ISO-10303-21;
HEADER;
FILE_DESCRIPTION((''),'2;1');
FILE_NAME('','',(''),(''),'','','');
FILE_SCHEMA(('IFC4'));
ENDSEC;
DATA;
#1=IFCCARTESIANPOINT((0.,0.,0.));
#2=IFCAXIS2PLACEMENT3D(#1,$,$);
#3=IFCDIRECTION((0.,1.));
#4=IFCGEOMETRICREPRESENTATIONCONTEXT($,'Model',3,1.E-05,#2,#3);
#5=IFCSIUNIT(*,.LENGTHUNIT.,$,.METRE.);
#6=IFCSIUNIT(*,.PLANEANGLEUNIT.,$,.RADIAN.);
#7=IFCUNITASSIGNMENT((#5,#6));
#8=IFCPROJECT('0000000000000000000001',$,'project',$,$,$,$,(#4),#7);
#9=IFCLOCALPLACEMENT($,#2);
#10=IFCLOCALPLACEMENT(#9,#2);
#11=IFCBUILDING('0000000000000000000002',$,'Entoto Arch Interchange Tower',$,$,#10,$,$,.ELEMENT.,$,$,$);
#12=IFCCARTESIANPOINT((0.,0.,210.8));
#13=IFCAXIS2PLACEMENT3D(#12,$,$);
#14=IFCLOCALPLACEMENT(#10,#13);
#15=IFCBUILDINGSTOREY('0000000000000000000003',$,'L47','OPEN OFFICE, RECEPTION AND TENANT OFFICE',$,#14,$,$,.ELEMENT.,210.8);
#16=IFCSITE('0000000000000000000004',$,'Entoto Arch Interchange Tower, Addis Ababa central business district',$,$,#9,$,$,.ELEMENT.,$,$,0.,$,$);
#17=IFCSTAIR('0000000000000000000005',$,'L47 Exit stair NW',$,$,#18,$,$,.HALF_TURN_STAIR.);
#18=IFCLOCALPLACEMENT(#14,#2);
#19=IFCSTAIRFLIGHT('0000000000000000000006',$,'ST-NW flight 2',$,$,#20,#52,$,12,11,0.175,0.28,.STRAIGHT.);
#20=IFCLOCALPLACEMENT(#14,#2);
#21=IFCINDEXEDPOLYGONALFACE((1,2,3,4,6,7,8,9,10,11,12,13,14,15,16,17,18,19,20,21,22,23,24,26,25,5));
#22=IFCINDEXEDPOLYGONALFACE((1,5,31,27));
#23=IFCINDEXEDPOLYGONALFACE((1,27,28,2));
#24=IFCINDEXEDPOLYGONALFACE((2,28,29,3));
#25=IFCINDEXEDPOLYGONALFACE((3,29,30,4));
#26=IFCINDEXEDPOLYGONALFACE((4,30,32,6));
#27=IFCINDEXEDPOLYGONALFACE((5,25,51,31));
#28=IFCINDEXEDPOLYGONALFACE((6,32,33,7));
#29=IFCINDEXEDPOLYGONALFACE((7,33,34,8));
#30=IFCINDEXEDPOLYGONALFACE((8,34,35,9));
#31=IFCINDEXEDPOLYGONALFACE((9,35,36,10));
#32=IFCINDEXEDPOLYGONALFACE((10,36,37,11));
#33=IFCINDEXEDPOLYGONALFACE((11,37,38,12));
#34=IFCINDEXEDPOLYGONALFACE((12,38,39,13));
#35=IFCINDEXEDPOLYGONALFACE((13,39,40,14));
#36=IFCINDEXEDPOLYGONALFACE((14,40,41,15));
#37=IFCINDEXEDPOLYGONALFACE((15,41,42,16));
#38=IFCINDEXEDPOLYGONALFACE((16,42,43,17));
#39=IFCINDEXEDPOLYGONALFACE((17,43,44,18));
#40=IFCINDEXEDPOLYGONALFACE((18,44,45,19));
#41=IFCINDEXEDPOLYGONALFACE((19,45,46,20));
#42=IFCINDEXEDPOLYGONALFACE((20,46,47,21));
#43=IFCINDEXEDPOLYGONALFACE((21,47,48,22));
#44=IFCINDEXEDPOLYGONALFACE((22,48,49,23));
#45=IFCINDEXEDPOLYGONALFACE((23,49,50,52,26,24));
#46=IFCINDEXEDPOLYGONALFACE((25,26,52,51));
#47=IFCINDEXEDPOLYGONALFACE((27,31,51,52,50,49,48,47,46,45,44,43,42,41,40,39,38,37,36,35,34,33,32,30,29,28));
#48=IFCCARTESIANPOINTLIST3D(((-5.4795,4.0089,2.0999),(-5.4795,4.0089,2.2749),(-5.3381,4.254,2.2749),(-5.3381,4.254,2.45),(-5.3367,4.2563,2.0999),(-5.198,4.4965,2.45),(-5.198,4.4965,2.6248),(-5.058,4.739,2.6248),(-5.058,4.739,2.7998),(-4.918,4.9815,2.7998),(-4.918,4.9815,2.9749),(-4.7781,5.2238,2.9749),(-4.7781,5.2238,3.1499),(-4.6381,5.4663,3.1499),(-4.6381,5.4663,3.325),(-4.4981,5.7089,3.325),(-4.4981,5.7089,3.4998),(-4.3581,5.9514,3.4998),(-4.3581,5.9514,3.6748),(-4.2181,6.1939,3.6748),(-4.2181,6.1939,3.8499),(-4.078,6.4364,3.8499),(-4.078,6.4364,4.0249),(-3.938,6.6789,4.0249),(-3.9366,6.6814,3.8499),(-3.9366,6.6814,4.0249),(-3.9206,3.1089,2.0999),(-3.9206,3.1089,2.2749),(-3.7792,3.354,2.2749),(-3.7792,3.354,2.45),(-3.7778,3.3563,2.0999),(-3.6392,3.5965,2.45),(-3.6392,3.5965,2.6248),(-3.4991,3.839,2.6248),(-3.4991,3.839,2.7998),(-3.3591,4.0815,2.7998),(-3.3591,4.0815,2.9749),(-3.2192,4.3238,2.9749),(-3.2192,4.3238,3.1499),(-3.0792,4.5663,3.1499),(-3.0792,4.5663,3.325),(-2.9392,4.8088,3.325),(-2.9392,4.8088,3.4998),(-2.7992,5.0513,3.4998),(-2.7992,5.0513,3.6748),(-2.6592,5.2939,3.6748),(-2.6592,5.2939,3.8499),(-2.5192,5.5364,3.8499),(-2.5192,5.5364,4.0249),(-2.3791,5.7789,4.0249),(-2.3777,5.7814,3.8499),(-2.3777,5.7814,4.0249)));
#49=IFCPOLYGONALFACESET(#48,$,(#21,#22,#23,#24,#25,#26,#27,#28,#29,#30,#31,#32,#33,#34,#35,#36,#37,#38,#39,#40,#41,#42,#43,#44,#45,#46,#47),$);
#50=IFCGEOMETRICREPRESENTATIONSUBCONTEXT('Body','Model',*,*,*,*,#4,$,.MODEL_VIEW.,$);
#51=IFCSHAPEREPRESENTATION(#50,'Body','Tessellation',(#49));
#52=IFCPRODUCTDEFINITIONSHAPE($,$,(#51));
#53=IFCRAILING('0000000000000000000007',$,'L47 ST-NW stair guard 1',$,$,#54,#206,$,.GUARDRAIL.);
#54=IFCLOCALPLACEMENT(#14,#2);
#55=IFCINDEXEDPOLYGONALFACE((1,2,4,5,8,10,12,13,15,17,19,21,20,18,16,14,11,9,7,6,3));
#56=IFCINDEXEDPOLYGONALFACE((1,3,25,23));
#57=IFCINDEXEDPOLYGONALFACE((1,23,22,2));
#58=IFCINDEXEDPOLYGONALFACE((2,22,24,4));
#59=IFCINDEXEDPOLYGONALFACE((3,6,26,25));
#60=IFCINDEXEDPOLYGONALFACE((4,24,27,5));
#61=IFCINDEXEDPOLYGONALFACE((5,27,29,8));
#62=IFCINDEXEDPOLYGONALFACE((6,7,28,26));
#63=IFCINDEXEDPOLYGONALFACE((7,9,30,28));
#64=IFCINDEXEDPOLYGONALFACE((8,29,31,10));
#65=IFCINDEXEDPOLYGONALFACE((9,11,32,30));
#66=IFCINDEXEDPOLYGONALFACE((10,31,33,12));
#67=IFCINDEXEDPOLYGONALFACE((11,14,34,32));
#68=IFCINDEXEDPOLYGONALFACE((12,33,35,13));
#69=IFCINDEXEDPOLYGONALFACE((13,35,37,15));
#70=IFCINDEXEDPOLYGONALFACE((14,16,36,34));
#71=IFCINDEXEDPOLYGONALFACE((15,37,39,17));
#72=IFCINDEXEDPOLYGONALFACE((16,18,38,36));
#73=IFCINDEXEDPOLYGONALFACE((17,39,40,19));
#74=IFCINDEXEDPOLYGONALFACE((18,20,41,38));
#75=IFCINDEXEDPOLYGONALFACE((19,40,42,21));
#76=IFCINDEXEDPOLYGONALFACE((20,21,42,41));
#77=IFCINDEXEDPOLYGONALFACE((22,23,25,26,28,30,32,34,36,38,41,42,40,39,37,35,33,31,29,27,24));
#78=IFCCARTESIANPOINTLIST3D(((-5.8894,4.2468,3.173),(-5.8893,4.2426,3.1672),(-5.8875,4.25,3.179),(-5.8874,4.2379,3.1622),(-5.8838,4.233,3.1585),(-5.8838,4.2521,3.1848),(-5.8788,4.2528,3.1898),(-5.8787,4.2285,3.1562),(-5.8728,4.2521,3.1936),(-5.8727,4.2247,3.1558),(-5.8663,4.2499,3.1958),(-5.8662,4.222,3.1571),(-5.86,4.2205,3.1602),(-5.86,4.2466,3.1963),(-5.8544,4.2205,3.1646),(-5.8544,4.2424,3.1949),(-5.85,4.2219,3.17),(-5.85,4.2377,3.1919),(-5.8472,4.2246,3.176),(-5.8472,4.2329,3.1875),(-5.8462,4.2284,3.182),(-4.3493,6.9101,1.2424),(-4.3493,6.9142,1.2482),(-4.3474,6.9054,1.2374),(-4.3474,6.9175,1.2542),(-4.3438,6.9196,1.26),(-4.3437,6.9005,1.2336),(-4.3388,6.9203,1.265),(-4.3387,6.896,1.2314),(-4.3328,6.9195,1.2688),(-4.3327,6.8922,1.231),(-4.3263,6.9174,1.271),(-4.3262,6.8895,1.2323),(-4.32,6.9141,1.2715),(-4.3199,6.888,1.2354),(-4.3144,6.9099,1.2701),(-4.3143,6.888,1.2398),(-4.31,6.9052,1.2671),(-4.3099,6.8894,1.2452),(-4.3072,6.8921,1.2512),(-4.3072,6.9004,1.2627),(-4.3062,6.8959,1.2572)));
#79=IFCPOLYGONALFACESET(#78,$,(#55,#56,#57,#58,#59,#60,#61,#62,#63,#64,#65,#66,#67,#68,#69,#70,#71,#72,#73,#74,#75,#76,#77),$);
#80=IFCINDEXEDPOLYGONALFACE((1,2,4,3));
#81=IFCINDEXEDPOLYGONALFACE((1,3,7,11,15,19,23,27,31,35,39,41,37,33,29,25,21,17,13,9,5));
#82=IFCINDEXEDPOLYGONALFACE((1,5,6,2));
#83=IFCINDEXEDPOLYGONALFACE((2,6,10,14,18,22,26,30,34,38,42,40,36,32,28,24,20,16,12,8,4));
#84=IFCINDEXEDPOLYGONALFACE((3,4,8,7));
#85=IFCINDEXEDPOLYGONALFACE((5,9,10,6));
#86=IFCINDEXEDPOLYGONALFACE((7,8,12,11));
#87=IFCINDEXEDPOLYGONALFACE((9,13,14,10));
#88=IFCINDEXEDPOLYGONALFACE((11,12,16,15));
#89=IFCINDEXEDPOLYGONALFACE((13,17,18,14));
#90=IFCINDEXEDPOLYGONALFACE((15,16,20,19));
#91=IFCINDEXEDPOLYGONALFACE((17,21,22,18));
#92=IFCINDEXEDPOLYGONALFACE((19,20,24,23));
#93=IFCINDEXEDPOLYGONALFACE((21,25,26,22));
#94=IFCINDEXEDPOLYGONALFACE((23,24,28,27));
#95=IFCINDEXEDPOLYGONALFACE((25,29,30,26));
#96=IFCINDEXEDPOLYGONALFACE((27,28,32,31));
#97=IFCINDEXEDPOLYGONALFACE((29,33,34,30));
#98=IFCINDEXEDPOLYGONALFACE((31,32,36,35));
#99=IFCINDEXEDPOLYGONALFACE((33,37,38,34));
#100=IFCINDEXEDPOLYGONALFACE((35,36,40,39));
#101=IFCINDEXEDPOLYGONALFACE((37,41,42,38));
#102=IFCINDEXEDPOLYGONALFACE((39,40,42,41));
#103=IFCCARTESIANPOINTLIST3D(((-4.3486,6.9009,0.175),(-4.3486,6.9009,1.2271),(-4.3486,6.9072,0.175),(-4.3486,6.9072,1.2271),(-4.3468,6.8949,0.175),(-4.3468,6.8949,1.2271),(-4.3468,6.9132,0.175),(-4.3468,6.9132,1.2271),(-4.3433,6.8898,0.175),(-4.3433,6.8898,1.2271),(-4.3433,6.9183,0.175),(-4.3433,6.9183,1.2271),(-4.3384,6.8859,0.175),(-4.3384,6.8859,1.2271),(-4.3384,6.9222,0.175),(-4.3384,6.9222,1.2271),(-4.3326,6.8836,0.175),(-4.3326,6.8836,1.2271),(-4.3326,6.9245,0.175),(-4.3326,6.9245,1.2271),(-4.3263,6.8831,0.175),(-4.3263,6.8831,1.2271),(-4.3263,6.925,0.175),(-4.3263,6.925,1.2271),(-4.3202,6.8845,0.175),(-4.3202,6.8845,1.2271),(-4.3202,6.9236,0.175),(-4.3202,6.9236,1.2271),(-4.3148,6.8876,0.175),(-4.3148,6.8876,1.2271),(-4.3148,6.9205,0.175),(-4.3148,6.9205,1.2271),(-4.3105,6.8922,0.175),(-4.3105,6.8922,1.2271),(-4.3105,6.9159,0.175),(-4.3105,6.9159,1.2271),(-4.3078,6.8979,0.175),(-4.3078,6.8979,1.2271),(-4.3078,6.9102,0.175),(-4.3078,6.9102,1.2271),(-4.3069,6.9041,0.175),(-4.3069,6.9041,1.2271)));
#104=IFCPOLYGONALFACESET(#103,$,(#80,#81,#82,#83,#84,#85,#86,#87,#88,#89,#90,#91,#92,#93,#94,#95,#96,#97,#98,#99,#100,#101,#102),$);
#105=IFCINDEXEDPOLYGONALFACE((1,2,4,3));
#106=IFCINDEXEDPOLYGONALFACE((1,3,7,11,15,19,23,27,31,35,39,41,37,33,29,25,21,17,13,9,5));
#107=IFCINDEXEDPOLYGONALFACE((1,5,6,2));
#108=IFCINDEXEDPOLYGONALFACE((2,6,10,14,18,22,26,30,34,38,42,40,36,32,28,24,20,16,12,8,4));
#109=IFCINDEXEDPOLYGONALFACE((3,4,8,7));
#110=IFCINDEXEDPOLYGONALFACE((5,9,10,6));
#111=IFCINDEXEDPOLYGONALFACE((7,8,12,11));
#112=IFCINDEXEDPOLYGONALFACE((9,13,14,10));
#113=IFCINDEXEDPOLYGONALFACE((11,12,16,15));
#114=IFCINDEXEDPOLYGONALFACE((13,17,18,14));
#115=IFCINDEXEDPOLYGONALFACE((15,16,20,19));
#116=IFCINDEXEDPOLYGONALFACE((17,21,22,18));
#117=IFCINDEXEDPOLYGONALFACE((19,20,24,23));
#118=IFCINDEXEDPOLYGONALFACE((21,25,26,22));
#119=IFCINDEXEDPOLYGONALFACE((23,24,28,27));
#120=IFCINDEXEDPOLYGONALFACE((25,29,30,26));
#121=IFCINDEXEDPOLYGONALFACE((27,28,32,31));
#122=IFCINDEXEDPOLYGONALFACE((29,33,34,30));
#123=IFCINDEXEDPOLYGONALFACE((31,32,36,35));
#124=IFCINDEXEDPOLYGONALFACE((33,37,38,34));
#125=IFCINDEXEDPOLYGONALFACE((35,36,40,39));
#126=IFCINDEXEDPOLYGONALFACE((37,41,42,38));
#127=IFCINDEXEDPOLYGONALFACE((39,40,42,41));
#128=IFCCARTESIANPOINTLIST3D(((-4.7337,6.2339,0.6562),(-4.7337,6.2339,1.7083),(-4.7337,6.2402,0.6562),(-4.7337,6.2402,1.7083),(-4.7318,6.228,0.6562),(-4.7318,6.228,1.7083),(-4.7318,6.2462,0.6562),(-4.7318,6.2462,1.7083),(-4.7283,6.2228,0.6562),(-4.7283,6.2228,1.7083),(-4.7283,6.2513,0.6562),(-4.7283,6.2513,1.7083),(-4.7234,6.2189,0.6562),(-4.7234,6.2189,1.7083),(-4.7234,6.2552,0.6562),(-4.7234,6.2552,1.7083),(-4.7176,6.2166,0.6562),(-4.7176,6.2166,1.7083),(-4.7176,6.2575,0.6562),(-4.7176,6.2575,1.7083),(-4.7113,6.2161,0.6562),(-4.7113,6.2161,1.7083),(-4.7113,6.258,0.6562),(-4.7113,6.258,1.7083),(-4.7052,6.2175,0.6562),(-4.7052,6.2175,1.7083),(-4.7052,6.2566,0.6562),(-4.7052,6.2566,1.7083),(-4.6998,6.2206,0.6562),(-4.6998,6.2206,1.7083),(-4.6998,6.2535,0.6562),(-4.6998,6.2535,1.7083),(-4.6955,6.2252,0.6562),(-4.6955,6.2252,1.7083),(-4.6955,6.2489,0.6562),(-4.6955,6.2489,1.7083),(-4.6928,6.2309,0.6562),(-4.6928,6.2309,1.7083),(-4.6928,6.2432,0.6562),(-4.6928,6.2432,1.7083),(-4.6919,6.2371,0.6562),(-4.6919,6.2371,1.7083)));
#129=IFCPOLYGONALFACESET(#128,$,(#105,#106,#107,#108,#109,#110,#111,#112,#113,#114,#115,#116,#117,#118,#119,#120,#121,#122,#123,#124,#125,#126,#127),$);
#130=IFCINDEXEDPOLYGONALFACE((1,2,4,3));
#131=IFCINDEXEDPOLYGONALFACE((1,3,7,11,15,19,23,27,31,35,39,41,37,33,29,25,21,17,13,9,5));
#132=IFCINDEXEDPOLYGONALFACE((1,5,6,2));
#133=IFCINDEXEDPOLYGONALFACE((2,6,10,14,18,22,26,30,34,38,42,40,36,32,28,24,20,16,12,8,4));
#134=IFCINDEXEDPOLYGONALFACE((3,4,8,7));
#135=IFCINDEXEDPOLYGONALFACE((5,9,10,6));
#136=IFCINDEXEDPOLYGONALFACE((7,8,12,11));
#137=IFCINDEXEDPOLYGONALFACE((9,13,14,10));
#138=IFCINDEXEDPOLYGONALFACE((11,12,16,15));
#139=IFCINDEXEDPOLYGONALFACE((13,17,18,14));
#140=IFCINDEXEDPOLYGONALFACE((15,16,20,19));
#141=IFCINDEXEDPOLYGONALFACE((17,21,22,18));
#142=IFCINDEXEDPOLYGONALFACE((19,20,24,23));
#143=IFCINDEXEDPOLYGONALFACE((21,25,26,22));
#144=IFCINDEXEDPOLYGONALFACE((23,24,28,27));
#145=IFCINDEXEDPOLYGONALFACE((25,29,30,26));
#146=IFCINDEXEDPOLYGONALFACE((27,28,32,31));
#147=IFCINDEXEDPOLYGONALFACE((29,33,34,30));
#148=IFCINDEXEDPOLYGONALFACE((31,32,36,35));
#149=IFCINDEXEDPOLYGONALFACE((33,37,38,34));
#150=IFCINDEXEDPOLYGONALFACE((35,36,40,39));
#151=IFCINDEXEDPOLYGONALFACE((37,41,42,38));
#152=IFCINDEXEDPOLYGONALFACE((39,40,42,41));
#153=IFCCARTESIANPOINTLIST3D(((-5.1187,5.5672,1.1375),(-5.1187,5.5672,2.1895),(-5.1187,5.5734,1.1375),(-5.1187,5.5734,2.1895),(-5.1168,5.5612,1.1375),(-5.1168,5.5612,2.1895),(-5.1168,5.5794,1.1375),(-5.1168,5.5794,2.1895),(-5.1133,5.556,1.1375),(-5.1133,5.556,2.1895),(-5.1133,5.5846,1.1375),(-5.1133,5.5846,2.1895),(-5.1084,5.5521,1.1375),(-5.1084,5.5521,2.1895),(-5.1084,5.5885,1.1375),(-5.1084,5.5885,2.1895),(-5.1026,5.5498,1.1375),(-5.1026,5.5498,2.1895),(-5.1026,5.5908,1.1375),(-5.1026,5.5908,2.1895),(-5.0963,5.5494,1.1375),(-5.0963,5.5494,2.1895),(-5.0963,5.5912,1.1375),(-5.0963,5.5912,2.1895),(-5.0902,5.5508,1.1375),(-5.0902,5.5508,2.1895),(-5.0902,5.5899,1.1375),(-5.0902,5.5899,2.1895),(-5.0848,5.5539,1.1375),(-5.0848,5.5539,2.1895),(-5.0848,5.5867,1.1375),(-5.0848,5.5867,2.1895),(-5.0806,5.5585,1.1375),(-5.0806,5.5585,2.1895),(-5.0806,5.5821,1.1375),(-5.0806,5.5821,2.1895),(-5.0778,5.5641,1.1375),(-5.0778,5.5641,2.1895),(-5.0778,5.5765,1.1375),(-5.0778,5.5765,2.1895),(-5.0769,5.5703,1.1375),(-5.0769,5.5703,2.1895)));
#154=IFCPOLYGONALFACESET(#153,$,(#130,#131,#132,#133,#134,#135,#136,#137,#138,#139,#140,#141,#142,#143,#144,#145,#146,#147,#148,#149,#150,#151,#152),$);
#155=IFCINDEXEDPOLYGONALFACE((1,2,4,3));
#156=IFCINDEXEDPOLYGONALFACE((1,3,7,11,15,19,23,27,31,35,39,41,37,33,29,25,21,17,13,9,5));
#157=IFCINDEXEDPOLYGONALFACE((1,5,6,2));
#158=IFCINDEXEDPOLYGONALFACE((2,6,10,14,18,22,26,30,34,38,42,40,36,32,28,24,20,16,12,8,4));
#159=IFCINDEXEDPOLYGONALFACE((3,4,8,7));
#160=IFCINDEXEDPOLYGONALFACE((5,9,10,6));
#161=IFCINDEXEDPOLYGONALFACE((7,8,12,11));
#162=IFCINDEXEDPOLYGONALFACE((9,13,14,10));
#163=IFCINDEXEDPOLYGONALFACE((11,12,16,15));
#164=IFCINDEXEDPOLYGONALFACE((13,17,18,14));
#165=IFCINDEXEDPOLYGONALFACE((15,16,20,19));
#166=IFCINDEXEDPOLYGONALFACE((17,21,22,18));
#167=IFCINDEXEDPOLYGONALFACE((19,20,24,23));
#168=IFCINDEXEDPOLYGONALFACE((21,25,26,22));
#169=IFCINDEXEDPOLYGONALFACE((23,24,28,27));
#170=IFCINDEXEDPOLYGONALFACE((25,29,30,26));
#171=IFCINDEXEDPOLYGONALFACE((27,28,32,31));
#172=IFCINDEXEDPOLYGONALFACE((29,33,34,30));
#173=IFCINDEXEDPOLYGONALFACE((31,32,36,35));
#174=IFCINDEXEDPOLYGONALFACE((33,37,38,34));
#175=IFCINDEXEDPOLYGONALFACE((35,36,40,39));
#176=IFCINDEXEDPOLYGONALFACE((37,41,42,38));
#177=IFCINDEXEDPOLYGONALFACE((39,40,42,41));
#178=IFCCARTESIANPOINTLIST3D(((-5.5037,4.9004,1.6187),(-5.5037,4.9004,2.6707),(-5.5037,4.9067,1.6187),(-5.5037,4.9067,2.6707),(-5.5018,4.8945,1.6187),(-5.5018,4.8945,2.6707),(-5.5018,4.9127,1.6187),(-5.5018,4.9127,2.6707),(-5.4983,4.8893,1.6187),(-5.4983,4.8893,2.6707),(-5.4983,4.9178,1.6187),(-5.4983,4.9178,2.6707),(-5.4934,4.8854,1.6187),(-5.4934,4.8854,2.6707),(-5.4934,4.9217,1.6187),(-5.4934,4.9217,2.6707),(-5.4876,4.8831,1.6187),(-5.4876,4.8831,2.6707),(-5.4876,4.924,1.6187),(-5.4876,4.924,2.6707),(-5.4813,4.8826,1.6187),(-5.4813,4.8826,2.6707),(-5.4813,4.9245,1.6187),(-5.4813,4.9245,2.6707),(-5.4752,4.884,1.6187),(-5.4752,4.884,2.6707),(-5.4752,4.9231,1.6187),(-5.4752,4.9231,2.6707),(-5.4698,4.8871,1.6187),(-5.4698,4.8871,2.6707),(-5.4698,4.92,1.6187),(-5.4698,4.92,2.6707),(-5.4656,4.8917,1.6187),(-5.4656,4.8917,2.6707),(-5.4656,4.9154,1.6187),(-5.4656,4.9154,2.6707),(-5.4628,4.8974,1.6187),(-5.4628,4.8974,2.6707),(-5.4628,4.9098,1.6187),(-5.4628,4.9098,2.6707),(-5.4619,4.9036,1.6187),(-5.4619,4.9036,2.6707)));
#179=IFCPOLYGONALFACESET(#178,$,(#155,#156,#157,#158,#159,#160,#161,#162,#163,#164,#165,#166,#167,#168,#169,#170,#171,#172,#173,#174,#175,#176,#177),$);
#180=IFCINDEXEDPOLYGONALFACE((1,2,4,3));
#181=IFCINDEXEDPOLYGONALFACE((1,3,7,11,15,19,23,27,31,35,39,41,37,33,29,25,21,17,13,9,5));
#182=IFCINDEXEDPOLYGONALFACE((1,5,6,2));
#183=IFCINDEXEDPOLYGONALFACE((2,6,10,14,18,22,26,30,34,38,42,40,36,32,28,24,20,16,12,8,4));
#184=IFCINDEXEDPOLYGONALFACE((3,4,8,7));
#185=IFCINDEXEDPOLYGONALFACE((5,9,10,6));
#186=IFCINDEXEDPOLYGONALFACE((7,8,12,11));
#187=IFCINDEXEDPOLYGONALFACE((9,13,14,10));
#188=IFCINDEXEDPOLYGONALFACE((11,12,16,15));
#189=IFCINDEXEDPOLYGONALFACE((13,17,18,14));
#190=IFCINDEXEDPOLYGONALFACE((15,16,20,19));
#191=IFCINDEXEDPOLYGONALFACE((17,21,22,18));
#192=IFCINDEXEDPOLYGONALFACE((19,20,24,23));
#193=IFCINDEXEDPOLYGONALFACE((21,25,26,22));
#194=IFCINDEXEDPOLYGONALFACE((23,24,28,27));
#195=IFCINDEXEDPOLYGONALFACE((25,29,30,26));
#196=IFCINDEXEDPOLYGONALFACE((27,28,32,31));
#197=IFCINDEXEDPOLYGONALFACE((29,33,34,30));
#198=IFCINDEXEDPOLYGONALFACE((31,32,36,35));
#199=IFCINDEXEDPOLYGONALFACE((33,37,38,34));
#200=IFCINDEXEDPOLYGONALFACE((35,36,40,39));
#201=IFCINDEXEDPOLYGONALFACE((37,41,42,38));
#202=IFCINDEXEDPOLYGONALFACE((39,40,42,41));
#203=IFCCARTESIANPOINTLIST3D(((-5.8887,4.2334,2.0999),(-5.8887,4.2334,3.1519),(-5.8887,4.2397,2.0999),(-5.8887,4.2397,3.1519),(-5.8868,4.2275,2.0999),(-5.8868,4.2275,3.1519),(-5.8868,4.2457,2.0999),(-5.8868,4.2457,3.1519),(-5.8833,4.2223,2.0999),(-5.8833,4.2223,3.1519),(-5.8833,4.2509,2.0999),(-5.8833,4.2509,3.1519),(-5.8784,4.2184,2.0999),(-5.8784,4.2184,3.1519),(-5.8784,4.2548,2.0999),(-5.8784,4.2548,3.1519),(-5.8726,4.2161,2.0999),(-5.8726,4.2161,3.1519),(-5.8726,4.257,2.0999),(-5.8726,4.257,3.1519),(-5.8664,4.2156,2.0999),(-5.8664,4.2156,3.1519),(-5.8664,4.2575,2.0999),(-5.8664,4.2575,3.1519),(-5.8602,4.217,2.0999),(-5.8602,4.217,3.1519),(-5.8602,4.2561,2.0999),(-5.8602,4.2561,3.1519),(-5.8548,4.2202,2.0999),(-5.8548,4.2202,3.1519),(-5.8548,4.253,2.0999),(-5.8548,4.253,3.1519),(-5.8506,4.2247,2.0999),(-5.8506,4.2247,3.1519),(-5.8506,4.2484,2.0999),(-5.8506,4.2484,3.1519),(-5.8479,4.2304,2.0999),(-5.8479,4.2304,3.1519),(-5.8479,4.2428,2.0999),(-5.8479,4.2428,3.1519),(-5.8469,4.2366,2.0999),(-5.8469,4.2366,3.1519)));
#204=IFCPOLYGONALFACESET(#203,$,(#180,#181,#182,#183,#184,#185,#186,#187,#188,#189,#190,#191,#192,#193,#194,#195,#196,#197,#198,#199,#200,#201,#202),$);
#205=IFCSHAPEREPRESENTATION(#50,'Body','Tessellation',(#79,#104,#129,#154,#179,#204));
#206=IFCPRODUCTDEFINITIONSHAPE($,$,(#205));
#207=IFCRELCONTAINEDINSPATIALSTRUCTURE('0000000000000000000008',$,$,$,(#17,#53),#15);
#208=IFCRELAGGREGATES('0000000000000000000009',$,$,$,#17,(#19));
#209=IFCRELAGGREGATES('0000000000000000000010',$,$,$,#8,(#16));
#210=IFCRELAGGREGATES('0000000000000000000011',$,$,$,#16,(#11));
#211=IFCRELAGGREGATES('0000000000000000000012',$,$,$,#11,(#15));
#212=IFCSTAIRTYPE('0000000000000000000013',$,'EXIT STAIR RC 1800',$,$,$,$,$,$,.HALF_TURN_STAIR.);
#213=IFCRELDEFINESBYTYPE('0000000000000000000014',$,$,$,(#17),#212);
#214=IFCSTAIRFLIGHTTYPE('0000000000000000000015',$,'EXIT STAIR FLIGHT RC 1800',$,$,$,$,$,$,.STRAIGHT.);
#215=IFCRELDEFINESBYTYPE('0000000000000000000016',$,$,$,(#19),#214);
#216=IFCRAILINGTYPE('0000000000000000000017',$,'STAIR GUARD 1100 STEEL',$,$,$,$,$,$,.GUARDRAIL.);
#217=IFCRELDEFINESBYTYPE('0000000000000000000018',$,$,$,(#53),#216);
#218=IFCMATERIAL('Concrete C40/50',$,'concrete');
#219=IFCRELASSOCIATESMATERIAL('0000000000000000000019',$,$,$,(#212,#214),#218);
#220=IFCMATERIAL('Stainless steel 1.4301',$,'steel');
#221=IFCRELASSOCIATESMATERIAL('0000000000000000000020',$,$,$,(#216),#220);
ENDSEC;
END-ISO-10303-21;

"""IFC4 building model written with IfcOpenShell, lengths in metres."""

from ifc_helpers import new_model, si_unit, direction, frame, origin, origin_2d, place, context, subcontext, project, spatial, polyline, circle, outline, extrude, material, type_object, element, aggregate, save


model = new_model("IFC4")

# Units and contexts
model_context = context("Model", 3, precision=1e-05, world=origin(), true_north=direction((0.0, 1.0)))
body_context = subcontext(model_context, "Body", "Model", "MODEL_VIEW")
ifc_project = project(units=[si_unit("LENGTHUNIT", "METRE"), si_unit("PLANEANGLEUNIT", "RADIAN")], contexts=[model_context])

# Site, building, storey
site_placement = place(None, origin())
site = spatial("IfcSite", under=ifc_project, at=site_placement, Name="Entoto Arch Interchange Tower, Addis Ababa central business district", CompositionType="ELEMENT", RefElevation=0.0)
building_placement = place(site_placement, origin())
building = spatial("IfcBuilding", under=site, at=building_placement, Name="Entoto Arch Interchange Tower", CompositionType="ELEMENT")
storey_placement = place(building_placement, frame((0.0, 0.0, 210.8)))
storey = spatial("IfcBuildingStorey", under=building, at=storey_placement, Name="L47", Description="OPEN OFFICE, RECEPTION AND TENANT OFFICE", CompositionType="ELEMENT", Elevation=210.8)

# Shared definitions
ifc_material_1 = material(Name="Concrete C40/50", Category="concrete")

# Stair, stair flight
stair_type = type_object("IfcStairType", Name="EXIT STAIR RC 1800", PredefinedType="HALF_TURN_STAIR", material=ifc_material_1)
stair_placement = place(storey_placement, origin())
stair = element("IfcStair", 1, at=stair_placement, inside=storey, type_object=stair_type, Name="L47 Exit stair NW", PredefinedType="HALF_TURN_STAIR")
stair_flight_type = type_object("IfcStairFlightType", Name="EXIT STAIR FLIGHT RC 1800", PredefinedType="STRAIGHT", material=ifc_material_1)
stair_flight_1_placement = place(storey_placement, frame((-4.6987, 3.5615, 2.0999), z_axis=(0.0, 0.0, 1.0), x_axis=(0.5, 0.866025, 0.0)))
stair_flight_1 = element("IfcStairFlight", 2, at=stair_flight_1_placement, type_object=stair_flight_type, Name="ST-NW flight 2", NumberOfRisers=12, NumberOfTreads=11, PredefinedType="STRAIGHT", RiserHeight=0.175, TreadLength=0.28, context=body_context, shape_type="SweptSolid", body=[
    extrude(outline(polyline([(-0.0029, 0.0), (-0.0029, 0.175), (0.28, 0.175), (0.28, 0.3501), (0.5601, 0.3501), (0.5601, 0.5249), (0.8401, 0.5249), (0.8401, 0.7), (1.1201, 0.7), (1.1201, 0.875), (1.3999, 0.875), (1.3999, 1.05), (1.6799, 1.05), (1.6799, 1.2251), (1.96, 1.2251), (1.96, 1.3999), (2.24, 1.3999), (2.24, 1.575), (2.52, 1.575), (2.52, 1.75), (2.8, 1.75), (2.8, 1.925), (3.0801, 1.925), (3.083, 1.925), (3.083, 1.75), (0.2827, 0.0), (-0.0029, 0.0)])), frame((0.0, 0.8999, 0.0), z_axis=(0.0, -1.0, 0.0), x_axis=(1.0, 0.0, 0.0)), (0.0, 0.0, 1.0), 1.8),
])
aggregate(stair, [stair_flight_1])

# Railing
ifc_material_2 = material(Name="Stainless steel 1.4301", Category="steel")
railing_type_1 = type_object("IfcRailingType", Name="STAIR GUARD 1100 STEEL", PredefinedType="GUARDRAIL", material=ifc_material_2)
railing_1_placement = place(storey_placement, frame((-4.3279, 6.9041, 0.175)))
element("IfcRailing", 3, at=railing_1_placement, inside=storey, type_object=railing_type_1, Name="L47 ST-NW stair guard 1", PredefinedType="GUARDRAIL", context=body_context, shape_type="SweptSolid", body=[
    extrude(circle(Radius=0.0239, at=origin_2d()), frame((0.0, 0.0, 1.0762), z_axis=(-0.42401, -0.734421, 0.529945), x_axis=(0.86603, -0.499992, 0.0)), (0.0, 0.0, 1.0), 3.6321),
    extrude(circle(Radius=0.021, at=origin_2d()), origin(), (0.0, 0.0, 1.0), 1.052),
    extrude(circle(Radius=0.021, at=origin_2d()), frame((-0.385, -0.667, 0.4812)), (0.0, 0.0, 1.0), 1.052),
    extrude(circle(Radius=0.021, at=origin_2d()), frame((-0.77, -1.3337, 0.9624)), (0.0, 0.0, 1.0), 1.052),
    extrude(circle(Radius=0.021, at=origin_2d()), frame((-1.155, -2.0005, 1.4436)), (0.0, 0.0, 1.0), 1.052),
    extrude(circle(Radius=0.021, at=origin_2d()), frame((-1.54, -2.6675, 1.9248)), (0.0, 0.0, 1.0), 1.052),
])

save(model, "model.ifc")
